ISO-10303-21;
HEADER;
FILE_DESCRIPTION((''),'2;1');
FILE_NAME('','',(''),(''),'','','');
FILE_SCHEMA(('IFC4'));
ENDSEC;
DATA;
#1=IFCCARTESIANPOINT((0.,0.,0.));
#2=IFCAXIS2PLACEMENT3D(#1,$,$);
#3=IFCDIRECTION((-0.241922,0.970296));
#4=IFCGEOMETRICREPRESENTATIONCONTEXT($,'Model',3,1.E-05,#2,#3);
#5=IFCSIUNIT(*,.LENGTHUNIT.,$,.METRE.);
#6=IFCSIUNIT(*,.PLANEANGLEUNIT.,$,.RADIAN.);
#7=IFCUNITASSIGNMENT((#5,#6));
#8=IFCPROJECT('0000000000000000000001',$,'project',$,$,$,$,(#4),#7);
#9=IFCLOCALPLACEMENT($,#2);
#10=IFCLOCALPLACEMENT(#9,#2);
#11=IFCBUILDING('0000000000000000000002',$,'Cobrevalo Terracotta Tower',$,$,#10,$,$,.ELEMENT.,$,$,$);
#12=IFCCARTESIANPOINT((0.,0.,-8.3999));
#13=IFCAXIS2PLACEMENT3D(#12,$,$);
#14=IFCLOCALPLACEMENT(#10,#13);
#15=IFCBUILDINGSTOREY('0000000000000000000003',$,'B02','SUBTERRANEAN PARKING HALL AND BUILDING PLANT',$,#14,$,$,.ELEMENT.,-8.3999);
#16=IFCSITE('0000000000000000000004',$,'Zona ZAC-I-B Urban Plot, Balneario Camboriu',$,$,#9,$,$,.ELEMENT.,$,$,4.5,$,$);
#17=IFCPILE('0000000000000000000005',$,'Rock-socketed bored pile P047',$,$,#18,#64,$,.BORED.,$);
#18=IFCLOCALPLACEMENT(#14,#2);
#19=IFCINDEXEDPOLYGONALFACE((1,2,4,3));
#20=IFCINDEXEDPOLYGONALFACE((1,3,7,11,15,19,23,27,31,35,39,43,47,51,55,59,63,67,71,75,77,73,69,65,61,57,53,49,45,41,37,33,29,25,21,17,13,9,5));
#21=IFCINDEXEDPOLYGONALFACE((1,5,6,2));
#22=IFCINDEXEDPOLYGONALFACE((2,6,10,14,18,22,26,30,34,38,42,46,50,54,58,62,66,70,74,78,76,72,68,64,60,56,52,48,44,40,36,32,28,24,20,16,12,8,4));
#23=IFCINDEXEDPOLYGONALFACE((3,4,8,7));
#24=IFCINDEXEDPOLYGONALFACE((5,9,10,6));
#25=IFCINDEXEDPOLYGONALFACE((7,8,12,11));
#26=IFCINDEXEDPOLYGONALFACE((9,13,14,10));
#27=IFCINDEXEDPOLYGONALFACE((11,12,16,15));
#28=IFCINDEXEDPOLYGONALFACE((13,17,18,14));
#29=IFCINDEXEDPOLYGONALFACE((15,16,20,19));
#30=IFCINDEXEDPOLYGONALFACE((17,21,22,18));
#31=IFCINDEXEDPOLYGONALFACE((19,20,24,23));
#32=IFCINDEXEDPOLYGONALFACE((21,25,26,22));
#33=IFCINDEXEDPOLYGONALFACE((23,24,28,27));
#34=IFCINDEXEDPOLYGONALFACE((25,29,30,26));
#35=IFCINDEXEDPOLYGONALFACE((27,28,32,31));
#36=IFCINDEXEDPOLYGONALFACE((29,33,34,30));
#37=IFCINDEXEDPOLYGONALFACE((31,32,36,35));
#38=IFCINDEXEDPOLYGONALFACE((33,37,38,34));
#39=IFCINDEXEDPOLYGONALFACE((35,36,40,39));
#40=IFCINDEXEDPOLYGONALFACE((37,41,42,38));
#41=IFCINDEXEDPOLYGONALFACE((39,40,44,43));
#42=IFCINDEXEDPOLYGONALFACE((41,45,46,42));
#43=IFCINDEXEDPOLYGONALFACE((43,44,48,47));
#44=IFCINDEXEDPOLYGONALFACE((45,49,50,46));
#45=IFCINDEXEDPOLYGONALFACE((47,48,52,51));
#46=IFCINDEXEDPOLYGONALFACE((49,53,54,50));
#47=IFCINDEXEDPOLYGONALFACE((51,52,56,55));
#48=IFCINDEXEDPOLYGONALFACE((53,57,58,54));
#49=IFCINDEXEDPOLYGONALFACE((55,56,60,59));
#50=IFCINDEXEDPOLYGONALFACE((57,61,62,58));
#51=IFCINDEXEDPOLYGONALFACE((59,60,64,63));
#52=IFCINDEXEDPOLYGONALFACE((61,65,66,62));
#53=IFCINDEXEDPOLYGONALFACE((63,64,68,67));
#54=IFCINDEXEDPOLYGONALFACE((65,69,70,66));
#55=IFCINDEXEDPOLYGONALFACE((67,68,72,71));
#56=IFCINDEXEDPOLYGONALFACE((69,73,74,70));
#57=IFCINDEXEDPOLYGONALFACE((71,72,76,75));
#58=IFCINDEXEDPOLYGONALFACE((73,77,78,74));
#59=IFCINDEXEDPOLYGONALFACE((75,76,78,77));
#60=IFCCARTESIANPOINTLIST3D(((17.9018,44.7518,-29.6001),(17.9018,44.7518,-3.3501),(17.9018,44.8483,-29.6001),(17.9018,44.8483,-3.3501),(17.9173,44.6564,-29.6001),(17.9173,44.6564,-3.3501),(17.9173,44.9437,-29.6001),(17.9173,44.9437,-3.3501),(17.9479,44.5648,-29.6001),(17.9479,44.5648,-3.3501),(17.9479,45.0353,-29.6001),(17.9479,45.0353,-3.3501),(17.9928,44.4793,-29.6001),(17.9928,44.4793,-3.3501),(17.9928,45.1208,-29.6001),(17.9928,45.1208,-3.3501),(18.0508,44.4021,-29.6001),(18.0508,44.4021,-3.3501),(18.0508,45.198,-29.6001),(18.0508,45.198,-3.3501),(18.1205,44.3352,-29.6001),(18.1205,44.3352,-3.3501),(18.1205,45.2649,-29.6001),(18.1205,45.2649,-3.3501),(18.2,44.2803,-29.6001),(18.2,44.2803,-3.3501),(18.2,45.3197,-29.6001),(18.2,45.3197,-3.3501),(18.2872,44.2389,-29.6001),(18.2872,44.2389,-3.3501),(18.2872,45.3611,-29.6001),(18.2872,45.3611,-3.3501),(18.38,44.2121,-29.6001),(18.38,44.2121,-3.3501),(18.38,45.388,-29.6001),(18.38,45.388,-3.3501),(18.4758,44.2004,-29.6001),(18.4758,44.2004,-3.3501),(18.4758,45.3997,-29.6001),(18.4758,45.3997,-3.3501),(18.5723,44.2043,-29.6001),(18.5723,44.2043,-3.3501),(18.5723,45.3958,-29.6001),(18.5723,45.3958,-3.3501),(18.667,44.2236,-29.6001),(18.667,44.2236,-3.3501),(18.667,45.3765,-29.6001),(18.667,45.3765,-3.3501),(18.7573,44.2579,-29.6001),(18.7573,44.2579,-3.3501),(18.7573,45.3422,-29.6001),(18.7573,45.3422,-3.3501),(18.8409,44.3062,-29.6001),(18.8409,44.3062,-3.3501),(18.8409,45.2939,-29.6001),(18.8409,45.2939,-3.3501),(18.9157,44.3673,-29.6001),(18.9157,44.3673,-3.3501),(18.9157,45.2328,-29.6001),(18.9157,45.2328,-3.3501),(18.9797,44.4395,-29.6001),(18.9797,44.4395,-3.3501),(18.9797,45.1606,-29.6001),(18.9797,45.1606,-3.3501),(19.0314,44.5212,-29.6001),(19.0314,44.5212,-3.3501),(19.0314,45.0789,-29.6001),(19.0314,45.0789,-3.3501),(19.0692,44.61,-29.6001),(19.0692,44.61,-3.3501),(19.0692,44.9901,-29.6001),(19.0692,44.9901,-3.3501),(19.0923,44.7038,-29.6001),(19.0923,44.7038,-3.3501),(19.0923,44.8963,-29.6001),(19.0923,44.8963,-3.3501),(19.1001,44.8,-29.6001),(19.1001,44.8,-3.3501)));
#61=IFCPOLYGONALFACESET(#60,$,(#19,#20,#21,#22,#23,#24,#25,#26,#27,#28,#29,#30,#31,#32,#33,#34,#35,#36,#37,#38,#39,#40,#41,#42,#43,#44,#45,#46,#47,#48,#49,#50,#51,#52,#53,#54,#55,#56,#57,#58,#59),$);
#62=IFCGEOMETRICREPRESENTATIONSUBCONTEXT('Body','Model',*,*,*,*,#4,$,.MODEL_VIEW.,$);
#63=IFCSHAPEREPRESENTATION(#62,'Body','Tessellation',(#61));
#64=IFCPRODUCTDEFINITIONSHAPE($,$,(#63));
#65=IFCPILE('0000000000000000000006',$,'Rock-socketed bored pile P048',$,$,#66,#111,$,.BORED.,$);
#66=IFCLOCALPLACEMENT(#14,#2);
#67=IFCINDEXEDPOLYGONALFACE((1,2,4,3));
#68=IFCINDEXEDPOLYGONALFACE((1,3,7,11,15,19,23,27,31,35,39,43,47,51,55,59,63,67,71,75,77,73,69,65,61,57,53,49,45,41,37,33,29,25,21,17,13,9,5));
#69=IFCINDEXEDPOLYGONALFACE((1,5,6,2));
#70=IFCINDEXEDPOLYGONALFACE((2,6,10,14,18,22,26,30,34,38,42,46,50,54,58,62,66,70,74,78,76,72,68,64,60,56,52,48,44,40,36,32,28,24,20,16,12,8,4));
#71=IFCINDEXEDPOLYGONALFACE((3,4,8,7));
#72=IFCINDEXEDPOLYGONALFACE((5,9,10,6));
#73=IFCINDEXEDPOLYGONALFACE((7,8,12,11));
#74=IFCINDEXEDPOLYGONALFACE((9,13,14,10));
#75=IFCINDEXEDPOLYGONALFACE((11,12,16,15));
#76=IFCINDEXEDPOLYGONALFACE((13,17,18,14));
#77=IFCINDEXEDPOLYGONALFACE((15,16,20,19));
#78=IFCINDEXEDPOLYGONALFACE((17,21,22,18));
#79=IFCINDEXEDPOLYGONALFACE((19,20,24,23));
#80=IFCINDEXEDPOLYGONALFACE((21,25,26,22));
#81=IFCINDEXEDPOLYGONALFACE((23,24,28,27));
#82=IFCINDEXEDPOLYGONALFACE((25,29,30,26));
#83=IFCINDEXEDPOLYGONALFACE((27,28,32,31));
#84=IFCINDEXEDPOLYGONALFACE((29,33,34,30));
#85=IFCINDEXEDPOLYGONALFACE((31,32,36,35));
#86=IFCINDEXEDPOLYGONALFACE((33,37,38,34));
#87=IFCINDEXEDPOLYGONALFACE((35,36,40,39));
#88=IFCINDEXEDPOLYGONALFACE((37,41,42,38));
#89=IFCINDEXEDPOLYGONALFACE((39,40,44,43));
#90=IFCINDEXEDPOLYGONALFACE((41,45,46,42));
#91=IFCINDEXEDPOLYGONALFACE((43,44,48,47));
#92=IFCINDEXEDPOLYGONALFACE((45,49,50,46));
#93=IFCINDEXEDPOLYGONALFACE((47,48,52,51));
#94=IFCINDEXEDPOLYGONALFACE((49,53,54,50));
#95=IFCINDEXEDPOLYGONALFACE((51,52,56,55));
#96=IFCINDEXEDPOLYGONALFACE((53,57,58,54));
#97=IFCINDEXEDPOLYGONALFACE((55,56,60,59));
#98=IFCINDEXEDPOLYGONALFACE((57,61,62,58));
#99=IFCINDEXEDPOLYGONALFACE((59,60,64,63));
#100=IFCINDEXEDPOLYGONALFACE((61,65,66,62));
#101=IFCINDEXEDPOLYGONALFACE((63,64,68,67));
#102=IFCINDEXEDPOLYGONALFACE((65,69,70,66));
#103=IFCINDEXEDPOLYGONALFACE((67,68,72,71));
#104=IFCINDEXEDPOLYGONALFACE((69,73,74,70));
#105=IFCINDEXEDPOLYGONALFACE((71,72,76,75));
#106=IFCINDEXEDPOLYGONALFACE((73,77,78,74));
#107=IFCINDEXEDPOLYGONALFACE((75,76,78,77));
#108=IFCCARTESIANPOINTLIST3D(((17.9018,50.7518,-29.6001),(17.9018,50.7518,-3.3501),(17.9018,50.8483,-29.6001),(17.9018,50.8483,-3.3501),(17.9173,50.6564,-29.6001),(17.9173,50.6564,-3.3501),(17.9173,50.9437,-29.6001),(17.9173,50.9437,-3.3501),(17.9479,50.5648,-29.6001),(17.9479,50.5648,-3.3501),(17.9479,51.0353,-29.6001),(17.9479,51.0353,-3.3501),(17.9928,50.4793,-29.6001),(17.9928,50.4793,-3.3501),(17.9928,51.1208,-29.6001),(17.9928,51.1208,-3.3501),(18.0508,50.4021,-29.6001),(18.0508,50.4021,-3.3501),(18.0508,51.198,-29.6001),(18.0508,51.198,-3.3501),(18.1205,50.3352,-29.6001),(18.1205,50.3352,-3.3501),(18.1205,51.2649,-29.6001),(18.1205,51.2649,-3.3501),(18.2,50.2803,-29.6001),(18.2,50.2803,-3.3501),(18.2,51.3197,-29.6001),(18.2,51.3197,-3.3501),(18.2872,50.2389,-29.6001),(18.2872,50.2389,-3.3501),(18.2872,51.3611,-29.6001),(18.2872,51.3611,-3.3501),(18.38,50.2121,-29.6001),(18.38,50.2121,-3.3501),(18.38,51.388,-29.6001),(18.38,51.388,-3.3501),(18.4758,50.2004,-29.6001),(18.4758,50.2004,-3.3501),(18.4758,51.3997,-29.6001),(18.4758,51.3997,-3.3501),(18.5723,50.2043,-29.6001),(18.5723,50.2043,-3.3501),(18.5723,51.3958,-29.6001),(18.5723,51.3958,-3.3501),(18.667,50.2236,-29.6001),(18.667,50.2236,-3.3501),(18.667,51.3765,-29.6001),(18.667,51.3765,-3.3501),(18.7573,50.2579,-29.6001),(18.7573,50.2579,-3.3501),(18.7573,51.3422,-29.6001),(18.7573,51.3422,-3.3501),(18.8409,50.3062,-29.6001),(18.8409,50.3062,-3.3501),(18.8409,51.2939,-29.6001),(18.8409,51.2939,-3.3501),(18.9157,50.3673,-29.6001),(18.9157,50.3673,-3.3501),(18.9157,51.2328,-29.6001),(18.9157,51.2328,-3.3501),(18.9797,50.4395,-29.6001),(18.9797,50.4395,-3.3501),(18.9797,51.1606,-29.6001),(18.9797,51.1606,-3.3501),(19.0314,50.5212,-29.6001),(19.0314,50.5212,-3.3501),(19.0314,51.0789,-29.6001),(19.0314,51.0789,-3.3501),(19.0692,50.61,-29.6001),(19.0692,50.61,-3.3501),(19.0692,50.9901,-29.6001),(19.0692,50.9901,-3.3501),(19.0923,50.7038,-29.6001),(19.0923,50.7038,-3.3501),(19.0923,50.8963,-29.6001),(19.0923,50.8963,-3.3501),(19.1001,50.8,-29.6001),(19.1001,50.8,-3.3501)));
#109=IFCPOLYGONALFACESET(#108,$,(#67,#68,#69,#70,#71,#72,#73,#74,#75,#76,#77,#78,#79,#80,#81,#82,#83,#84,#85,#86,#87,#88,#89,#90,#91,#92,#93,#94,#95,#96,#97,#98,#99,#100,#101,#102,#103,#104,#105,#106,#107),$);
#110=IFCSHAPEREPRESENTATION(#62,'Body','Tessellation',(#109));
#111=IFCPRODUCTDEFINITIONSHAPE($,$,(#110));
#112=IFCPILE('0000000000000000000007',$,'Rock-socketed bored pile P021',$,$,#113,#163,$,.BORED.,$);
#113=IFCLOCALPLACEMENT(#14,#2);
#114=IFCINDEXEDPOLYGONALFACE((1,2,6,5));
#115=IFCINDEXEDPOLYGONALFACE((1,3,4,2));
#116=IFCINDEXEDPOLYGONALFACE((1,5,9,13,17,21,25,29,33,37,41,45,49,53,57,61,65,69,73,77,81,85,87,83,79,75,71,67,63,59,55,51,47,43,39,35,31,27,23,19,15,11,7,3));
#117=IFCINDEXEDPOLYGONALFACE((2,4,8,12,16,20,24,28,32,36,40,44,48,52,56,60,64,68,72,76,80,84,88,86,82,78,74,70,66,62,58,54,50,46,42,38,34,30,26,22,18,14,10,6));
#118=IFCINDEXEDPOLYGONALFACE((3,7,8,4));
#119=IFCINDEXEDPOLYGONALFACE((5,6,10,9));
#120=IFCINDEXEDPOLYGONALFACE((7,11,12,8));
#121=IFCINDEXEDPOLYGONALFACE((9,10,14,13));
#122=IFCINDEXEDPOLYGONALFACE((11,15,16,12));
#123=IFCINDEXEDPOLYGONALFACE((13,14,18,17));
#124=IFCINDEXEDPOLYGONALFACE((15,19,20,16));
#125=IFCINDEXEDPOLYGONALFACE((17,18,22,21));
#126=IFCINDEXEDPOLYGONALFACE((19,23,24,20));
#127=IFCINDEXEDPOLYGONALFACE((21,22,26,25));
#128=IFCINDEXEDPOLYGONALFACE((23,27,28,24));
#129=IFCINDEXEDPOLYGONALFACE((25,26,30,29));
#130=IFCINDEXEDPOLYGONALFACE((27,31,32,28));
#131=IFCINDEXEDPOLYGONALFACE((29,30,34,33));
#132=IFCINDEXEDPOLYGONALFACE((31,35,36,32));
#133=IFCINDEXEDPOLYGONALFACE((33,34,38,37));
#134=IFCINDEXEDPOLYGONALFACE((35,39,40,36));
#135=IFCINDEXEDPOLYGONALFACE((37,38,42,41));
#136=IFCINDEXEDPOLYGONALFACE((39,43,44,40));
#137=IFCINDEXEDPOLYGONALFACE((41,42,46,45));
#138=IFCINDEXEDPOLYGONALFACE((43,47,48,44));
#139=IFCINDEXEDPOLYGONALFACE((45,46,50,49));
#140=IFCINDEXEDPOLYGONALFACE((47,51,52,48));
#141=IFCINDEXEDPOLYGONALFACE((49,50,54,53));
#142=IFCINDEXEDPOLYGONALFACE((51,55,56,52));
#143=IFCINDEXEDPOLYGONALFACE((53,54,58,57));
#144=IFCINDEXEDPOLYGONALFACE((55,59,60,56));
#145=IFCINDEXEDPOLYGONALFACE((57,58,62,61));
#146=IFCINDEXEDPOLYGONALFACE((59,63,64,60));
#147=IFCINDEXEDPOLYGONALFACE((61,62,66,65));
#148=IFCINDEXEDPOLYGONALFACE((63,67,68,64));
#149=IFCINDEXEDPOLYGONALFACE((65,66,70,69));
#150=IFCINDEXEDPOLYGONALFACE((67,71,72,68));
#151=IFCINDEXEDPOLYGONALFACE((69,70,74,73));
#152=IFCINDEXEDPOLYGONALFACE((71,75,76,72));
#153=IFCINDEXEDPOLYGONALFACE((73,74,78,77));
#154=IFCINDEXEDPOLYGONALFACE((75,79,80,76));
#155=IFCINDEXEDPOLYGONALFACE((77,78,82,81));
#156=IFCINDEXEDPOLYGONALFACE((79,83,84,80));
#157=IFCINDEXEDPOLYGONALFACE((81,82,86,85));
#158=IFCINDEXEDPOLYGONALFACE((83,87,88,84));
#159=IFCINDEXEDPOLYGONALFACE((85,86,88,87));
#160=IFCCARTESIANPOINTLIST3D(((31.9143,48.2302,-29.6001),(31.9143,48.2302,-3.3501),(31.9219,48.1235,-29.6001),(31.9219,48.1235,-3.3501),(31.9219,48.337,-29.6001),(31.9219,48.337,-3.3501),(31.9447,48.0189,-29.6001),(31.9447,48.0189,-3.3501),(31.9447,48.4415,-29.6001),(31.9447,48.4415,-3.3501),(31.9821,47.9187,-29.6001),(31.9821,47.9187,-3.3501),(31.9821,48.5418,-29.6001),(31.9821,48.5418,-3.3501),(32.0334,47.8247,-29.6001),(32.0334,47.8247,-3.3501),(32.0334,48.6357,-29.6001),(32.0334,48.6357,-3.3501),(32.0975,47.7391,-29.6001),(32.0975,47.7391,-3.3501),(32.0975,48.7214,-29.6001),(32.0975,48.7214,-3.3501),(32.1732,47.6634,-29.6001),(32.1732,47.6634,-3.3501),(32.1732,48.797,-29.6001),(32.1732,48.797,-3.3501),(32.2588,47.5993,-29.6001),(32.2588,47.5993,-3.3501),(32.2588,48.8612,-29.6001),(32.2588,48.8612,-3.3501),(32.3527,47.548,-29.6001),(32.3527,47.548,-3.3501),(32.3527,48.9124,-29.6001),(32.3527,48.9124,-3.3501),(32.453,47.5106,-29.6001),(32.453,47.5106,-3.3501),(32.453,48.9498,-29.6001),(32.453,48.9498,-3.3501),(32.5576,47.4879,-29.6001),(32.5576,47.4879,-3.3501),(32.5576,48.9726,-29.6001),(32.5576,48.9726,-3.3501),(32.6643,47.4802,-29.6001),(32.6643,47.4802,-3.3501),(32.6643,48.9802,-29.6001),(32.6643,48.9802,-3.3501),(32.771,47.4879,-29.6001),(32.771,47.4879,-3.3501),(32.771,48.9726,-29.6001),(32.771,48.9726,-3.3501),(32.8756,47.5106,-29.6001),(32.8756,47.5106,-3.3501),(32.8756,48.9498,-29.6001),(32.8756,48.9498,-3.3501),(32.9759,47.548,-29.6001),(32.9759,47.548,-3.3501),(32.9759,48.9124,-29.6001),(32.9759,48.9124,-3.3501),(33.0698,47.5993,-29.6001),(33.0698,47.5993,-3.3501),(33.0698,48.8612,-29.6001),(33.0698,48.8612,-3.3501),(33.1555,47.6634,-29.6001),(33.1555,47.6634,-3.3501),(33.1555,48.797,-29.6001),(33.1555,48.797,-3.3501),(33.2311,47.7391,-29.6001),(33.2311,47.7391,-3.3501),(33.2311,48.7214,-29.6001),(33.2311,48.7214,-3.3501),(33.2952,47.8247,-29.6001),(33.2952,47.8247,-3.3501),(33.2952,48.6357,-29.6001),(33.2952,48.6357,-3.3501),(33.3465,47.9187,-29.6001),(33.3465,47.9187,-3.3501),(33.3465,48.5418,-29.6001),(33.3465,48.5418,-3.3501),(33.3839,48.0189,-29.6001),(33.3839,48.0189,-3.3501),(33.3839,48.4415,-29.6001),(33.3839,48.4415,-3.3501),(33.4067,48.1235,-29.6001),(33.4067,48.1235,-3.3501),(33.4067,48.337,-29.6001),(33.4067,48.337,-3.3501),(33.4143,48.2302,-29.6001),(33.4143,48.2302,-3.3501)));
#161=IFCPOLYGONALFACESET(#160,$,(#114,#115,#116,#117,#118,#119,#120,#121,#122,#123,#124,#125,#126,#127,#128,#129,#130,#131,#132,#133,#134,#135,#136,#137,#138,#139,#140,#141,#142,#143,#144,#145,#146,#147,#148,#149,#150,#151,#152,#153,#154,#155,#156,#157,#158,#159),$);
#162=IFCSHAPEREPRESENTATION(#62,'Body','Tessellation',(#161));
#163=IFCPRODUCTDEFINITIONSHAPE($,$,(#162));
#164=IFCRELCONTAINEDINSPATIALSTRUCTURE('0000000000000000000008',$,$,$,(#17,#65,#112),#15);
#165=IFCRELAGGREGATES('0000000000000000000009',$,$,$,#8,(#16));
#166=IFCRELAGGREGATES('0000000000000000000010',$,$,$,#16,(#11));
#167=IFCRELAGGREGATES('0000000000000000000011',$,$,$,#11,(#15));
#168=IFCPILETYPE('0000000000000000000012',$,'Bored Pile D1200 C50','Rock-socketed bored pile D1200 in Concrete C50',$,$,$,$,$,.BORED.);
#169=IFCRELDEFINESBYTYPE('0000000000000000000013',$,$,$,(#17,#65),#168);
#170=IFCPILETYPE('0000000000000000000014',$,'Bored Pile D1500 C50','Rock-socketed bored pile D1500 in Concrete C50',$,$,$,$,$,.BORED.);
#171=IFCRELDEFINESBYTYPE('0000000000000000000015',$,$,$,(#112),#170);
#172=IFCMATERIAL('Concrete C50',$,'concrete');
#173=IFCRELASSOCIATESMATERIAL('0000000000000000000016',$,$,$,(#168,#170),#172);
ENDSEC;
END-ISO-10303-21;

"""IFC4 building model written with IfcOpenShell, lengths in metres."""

from ifc_helpers import new_model, si_unit, direction, frame, origin, origin_2d, place, context, subcontext, project, spatial, circle, extrude, material, material_profile, profile_set, type_object, element, save


model = new_model("IFC4")

# Units and contexts
model_context = context("Model", 3, precision=1e-05, world=origin(), true_north=direction((-0.241922, 0.970296)))
body_context = subcontext(model_context, "Body", "Model", "MODEL_VIEW")
ifc_project = project(units=[si_unit("LENGTHUNIT", "METRE"), si_unit("PLANEANGLEUNIT", "RADIAN")], contexts=[model_context])

# Site, building, storey
site_placement = place(None, origin())
site = spatial("IfcSite", under=ifc_project, at=site_placement, Name="Zona ZAC-I-B Urban Plot, Balneario Camboriu", CompositionType="ELEMENT", RefElevation=4.5)
building_placement = place(site_placement, origin())
building = spatial("IfcBuilding", under=site, at=building_placement, Name="Cobrevalo Terracotta Tower", CompositionType="ELEMENT")
storey_placement = place(building_placement, frame((0.0, 0.0, -8.3999)))
storey = spatial("IfcBuildingStorey", under=building, at=storey_placement, Name="B02", Description="SUBTERRANEAN PARKING HALL AND BUILDING PLANT", CompositionType="ELEMENT", Elevation=-8.3999)

# Piles
ifc_material_1 = material(Name="Concrete C50", Category="concrete")
ifc_material_profile_1 = material_profile(ifc_material_1, circle(Radius=0.6001, at=origin_2d()), Name="PILE D1200")
ifc_profile_set_1 = profile_set([ifc_material_profile_1], Name="Concrete C50")
pile_type_1 = type_object("IfcPileType", Name="Bored Pile D1200 C50", Description="Rock-socketed bored pile D1200 in Concrete C50", PredefinedType="BORED", material=ifc_profile_set_1)
for number, where, z_axis, x_axis, name in (
    (1, (18.5, 44.8, -3.3501), (0.0, 0.0, -1.0), (1.0, 0.0, 0.0), "Rock-socketed bored pile P047"),
    (2, (18.5, 50.8, -3.3501), (0.0, 0.0, -1.0), (1.0, 0.0, 0.0), "Rock-socketed bored pile P048"),
):
    element("IfcPile", number, at=place(storey_placement, frame(where, z_axis=z_axis, x_axis=x_axis)), inside=storey, type_object=pile_type_1, Name=name, PredefinedType="BORED", context=body_context, shape_type="SweptSolid", body=[
        extrude(circle(Radius=0.6001, at=origin_2d()), origin(), (0.0, 0.0, 1.0), 26.25),
    ])
ifc_material_profile_2 = material_profile(ifc_material_1, circle(Radius=0.75, at=origin_2d()), Name="PILE D1500")
ifc_profile_set_2 = profile_set([ifc_material_profile_2], Name="Concrete C50")
pile_type_2 = type_object("IfcPileType", Name="Bored Pile D1500 C50", Description="Rock-socketed bored pile D1500 in Concrete C50", PredefinedType="BORED", material=ifc_profile_set_2)
for number, where, z_axis, x_axis, name in (
    (3, (32.6643, 48.2302, -3.3501), (0.0, 0.0, -1.0), (1.0, 0.0, 0.0), "Rock-socketed bored pile P021"),
):
    element("IfcPile", number, at=place(storey_placement, frame(where, z_axis=z_axis, x_axis=x_axis)), inside=storey, type_object=pile_type_2, Name=name, PredefinedType="BORED", context=body_context, shape_type="SweptSolid", body=[
        extrude(circle(Radius=0.75, at=origin_2d()), origin(), (0.0, 0.0, 1.0), 26.25),
    ])

save(model, "model.ifc")
